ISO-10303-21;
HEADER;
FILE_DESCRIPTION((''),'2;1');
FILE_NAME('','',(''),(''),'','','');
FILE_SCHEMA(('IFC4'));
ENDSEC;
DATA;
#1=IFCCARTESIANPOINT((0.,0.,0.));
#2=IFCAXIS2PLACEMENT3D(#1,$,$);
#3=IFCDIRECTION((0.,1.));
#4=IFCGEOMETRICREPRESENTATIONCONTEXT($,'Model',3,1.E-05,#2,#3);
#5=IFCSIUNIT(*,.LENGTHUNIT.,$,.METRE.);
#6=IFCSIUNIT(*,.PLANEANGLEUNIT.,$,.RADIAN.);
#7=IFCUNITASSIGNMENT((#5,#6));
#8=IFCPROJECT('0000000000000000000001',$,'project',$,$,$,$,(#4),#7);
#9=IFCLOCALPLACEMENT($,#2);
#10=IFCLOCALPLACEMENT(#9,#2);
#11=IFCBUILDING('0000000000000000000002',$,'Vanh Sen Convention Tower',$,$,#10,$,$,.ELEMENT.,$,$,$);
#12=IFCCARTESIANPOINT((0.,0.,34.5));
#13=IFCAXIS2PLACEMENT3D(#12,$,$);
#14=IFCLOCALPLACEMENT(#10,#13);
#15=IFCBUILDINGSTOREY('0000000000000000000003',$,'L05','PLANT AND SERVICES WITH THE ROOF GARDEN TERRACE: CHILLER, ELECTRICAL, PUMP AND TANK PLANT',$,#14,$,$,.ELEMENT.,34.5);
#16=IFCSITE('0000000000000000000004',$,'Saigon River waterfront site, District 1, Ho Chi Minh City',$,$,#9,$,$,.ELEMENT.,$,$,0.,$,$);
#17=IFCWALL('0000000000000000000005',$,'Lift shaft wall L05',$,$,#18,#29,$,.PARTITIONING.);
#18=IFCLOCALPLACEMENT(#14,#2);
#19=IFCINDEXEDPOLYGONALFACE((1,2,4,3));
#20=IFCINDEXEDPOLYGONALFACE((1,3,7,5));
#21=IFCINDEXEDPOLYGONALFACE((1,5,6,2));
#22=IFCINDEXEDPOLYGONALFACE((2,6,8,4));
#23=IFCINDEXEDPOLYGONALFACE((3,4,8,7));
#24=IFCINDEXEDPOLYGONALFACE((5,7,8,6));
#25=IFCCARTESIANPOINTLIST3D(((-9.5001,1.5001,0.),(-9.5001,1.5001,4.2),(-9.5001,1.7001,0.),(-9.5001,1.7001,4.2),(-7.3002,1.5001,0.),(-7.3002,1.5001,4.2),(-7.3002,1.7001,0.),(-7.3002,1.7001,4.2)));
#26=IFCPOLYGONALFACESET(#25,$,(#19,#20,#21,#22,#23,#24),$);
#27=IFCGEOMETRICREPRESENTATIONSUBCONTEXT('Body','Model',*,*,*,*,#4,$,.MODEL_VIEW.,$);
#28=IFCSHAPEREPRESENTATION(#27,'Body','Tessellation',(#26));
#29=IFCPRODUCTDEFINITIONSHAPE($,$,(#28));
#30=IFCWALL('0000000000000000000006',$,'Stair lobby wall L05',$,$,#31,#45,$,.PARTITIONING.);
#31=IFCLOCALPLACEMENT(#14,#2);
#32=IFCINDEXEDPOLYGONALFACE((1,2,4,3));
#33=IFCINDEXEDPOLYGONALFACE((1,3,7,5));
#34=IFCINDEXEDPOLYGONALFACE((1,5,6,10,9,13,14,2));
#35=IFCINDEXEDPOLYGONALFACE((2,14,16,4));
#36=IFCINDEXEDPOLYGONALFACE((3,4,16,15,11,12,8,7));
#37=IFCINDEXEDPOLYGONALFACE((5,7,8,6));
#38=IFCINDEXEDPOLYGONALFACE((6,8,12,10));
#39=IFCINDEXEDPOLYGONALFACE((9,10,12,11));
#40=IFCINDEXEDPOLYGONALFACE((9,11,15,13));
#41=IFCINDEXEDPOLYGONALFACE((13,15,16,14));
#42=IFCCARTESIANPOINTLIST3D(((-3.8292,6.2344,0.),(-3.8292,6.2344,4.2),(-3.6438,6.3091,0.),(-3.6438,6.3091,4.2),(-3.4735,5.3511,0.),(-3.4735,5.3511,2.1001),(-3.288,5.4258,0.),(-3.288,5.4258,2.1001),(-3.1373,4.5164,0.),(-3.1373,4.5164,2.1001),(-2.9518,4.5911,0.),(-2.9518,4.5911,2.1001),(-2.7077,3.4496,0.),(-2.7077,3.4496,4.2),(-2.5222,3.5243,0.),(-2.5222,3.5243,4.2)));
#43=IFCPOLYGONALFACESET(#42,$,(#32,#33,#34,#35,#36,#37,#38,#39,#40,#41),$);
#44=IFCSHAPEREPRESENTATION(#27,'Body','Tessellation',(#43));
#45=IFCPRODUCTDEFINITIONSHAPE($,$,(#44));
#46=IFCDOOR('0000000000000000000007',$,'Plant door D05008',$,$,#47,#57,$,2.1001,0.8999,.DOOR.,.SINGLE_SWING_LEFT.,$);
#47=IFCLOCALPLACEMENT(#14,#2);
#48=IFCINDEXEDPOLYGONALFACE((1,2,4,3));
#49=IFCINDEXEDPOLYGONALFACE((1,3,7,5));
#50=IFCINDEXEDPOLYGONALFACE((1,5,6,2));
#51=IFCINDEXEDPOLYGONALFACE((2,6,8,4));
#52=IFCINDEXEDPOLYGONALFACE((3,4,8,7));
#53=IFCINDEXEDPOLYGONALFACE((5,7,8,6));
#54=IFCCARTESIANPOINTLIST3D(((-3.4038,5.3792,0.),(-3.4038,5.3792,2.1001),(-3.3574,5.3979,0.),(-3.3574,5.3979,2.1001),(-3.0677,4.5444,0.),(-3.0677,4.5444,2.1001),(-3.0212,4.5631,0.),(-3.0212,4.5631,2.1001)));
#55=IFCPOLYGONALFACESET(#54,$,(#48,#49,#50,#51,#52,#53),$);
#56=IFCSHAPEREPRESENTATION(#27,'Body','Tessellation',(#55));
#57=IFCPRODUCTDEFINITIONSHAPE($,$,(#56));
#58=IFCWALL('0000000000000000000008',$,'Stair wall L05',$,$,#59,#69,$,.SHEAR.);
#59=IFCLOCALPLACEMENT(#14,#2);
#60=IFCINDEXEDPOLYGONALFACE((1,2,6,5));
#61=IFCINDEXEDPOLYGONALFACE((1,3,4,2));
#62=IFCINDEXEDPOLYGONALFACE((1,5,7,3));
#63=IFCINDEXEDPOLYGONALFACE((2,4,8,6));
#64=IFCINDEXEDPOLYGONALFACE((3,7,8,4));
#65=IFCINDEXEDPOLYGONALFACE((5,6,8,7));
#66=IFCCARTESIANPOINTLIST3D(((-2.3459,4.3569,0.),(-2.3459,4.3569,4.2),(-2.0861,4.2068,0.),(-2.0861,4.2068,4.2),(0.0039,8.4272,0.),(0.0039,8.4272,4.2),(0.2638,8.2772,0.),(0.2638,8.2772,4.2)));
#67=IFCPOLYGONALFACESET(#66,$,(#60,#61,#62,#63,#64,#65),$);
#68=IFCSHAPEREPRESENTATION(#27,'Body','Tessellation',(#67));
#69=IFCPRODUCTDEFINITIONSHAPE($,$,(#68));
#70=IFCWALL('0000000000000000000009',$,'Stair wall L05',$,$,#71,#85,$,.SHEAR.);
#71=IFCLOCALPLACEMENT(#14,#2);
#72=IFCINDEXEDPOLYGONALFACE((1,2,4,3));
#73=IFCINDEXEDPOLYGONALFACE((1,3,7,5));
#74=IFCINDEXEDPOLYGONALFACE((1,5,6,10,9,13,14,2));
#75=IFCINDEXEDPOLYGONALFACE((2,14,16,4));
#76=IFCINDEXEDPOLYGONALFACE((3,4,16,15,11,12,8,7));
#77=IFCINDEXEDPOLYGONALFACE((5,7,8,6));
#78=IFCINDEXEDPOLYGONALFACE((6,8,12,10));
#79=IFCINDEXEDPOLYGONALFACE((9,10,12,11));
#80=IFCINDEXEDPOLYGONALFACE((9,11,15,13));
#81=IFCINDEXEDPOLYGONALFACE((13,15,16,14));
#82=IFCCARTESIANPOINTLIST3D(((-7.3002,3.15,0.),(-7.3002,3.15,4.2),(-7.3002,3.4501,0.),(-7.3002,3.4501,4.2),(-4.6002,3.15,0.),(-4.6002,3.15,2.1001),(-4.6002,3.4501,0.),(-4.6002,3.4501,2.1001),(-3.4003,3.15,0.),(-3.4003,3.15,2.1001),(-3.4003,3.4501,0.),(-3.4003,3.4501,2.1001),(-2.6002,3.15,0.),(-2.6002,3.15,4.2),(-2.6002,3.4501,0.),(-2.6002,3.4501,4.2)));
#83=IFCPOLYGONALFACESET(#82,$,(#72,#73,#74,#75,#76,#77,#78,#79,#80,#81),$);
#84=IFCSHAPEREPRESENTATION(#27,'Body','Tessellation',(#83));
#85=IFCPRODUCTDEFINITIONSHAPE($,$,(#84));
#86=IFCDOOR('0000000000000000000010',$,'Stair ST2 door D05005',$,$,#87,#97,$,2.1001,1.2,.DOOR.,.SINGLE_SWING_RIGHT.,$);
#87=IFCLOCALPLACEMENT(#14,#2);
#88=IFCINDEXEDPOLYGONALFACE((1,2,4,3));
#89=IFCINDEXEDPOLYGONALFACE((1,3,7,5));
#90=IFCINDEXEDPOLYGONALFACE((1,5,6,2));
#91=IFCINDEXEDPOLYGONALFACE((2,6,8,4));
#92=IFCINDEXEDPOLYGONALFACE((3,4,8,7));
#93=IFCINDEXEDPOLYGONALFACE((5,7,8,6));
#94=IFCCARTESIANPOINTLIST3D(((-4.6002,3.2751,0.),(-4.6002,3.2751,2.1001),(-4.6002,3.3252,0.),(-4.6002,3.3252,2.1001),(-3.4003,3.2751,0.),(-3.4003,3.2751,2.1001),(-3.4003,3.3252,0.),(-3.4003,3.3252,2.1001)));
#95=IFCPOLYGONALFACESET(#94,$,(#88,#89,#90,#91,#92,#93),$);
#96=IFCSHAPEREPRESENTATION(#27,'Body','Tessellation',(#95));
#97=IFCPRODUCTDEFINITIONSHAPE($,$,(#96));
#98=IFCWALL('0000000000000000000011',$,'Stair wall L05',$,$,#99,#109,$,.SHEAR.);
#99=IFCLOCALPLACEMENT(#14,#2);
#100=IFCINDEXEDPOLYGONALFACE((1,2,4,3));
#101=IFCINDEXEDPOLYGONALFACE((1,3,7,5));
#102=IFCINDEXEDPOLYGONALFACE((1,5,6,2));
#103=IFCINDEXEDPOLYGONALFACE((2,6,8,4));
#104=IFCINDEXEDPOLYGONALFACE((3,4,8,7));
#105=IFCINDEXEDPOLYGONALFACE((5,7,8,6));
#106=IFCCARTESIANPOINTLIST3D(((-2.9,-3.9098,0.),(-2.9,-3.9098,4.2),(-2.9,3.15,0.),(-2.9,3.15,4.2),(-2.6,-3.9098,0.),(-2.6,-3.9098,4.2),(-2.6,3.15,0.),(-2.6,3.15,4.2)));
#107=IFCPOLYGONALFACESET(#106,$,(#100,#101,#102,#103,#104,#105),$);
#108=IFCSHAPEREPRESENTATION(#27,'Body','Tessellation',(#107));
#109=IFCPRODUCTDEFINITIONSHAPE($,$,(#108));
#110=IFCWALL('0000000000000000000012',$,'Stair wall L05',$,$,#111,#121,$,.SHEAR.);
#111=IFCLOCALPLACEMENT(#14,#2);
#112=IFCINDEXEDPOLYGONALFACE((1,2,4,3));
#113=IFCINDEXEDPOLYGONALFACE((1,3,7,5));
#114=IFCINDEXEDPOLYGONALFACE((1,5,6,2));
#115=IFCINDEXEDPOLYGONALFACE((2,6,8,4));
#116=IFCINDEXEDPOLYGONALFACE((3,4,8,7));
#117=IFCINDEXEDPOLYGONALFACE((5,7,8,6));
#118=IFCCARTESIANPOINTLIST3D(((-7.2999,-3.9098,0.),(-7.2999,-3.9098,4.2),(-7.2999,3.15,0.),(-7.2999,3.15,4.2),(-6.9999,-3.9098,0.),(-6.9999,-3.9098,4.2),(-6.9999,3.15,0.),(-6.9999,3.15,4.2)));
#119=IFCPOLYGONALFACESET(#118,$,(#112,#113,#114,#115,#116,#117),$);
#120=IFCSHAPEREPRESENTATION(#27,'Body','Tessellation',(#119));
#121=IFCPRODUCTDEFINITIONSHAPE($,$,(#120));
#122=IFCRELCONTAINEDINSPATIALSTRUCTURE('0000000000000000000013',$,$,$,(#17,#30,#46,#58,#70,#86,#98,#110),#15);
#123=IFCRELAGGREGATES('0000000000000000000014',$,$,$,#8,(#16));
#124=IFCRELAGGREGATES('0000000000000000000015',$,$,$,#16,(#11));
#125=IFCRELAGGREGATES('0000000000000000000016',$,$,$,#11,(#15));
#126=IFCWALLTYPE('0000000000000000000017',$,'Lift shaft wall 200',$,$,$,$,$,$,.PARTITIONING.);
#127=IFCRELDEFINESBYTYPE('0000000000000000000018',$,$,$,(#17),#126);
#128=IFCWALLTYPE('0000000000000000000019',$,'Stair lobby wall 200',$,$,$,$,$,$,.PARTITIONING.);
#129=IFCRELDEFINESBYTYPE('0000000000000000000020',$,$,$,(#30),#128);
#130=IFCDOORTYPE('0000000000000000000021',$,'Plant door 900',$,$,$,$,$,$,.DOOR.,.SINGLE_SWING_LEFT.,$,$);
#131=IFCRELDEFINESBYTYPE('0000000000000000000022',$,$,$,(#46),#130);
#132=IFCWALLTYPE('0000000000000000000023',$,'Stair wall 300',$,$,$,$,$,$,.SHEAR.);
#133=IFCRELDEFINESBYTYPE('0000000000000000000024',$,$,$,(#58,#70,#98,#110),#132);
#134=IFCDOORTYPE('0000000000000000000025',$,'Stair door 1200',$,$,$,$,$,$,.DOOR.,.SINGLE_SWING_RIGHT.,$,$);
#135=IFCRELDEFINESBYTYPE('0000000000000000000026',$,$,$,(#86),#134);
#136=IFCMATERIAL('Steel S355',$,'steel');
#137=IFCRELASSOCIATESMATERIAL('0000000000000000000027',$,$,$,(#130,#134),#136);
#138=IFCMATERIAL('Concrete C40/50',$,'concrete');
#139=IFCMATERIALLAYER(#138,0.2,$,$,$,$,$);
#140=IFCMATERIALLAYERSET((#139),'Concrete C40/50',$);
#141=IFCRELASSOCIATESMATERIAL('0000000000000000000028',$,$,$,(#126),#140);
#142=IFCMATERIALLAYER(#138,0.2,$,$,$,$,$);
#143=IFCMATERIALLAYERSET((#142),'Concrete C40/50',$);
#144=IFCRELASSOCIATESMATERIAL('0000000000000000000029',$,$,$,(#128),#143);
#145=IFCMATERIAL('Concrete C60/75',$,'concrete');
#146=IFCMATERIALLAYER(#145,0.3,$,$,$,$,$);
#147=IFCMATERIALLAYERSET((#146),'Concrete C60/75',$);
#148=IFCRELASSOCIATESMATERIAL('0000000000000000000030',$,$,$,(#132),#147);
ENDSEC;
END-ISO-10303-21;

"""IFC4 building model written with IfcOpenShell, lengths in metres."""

from ifc_helpers import new_model, si_unit, direction, frame, frame_2d, origin, place, context, subcontext, project, spatial, rectangle, extrude, material, layer, layer_set, type_object, element, fill, save


model = new_model("IFC4")

# Units and contexts
model_context = context("Model", 3, precision=1e-05, world=origin(), true_north=direction((0.0, 1.0)))
body_context = subcontext(model_context, "Body", "Model", "MODEL_VIEW")
ifc_project = project(units=[si_unit("LENGTHUNIT", "METRE"), si_unit("PLANEANGLEUNIT", "RADIAN")], contexts=[model_context])

# Site, building, storey
site_placement = place(None, origin())
site = spatial("IfcSite", under=ifc_project, at=site_placement, Name="Saigon River waterfront site, District 1, Ho Chi Minh City", CompositionType="ELEMENT", RefElevation=0.0)
building_placement = place(site_placement, origin())
building = spatial("IfcBuilding", under=site, at=building_placement, Name="Vanh Sen Convention Tower", CompositionType="ELEMENT")
storey_placement = place(building_placement, frame((0.0, 0.0, 34.5)))
storey = spatial("IfcBuildingStorey", under=building, at=storey_placement, Name="L05", Description="PLANT AND SERVICES WITH THE ROOF GARDEN TERRACE: CHILLER, ELECTRICAL, PUMP AND TANK PLANT", CompositionType="ELEMENT", Elevation=34.5)

# Shared definitions
ifc_material_1 = material(Name="Concrete C40/50", Category="concrete")
ifc_material_2 = material(Name="Steel S355", Category="steel")
door_type_1 = type_object("IfcDoorType", Name="Plant door 900", OperationType="SINGLE_SWING_LEFT", PredefinedType="DOOR", material=ifc_material_2)
ifc_material_3 = material(Name="Concrete C60/75", Category="concrete")

# Wall
ifc_layer_1 = layer(ifc_material_1, 0.2)
ifc_layer_set_1 = layer_set([ifc_layer_1], Name="Concrete C40/50")
wall_type_1 = type_object("IfcWallType", Name="Lift shaft wall 200", PredefinedType="PARTITIONING", material=ifc_layer_set_1)
for number, where, z_axis, x_axis, name in (
    (1, (-7.3, 1.6001, 0.0), (0.0, 0.0, 1.0), (-1.0, 0.0, 0.0), "Lift shaft wall L05"),
):
    element("IfcWall", number, at=place(storey_placement, frame(where, z_axis=z_axis, x_axis=x_axis)), inside=storey, type_object=wall_type_1, Name=name, PredefinedType="PARTITIONING", context=body_context, shape_type="SweptSolid", body=[
        extrude(rectangle(XDim=2.2, YDim=0.2, at=frame_2d((1.1001, 0.0))), origin(), (0.0, 0.0, 1.0), 4.2),
    ])

# Wall, opening, door
ifc_layer_2 = layer(ifc_material_1, 0.2)
ifc_layer_set_2 = layer_set([ifc_layer_2], Name="Concrete C40/50")
wall_type_2 = type_object("IfcWallType", Name="Stair lobby wall 200", PredefinedType="PARTITIONING", material=ifc_layer_set_2)
wall_1_placement = place(storey_placement, frame((-2.615, 3.4871, 0.0), z_axis=(0.0, 0.0, 1.0), x_axis=(-0.373577, 0.927599, 0.0)))
wall_1 = element("IfcWall", 2, at=wall_1_placement, inside=storey, type_object=wall_type_2, Name="Stair lobby wall L05", PredefinedType="PARTITIONING", context=body_context, shape_type="SweptSolid", body=[
    extrude(rectangle(XDim=3.0022, YDim=0.2, at=frame_2d((1.501, 0.0))), origin(), (0.0, 0.0, 1.0), 4.2),
])
opening_1_placement = place(wall_1_placement, frame((1.1499, 0.0, 0.0)))
opening_1 = element("IfcOpeningElement", 3, at=opening_1_placement, cuts=wall_1, PredefinedType="OPENING", context=body_context, shape_type="SweptSolid", body=[
    extrude(rectangle(XDim=0.8999, YDim=2.1001, at=frame_2d((0.45, 1.05))), frame((0.0, 0.1099, 0.0), z_axis=(0.0, -1.0, 0.0), x_axis=(1.0, 0.0, 0.0)), (0.0, 0.0, 1.0), 0.22),
])
door_1_placement = place(opening_1_placement, origin())
door_1 = element("IfcDoor", 4, at=door_1_placement, inside=storey, type_object=door_type_1, Name="Plant door D05008", OperationType="SINGLE_SWING_LEFT", OverallHeight=2.1001, OverallWidth=0.8999, PredefinedType="DOOR", context=body_context, shape_type="SweptSolid", body=[
    extrude(rectangle(XDim=0.8999, YDim=2.1001, at=frame_2d((0.45, 1.05))), frame((0.0, 0.0249, 0.0), z_axis=(0.0, -1.0, 0.0), x_axis=(1.0, 0.0, 0.0)), (0.0, 0.0, 1.0), 0.05),
])
fill(opening_1, door_1)

# Wall
ifc_layer_3 = layer(ifc_material_3, 0.3)
ifc_layer_set_3 = layer_set([ifc_layer_3], Name="Concrete C60/75")
wall_type_3 = type_object("IfcWallType", Name="Stair wall 300", PredefinedType="SHEAR", material=ifc_layer_set_3)
wall_2_placement = place(storey_placement, frame((-2.2161, 4.2817, 0.0), z_axis=(0.0, 0.0, 1.0), x_axis=(0.499977, 0.866039, 0.0)))
element("IfcWall", 5, at=wall_2_placement, inside=storey, type_object=wall_type_3, Name="Stair wall L05", PredefinedType="SHEAR", context=body_context, shape_type="SweptSolid", body=[
    extrude(rectangle(XDim=4.7, YDim=0.3, at=frame_2d((2.3501, 0.0))), origin(), (0.0, 0.0, 1.0), 4.2),
])

# Wall, opening, door
wall_3_placement = place(storey_placement, frame((-2.6001, 3.3, 0.0), z_axis=(0.0, 0.0, 1.0), x_axis=(-1.0, 0.0, 0.0)))
wall_3 = element("IfcWall", 6, at=wall_3_placement, inside=storey, type_object=wall_type_3, Name="Stair wall L05", PredefinedType="SHEAR", context=body_context, shape_type="SweptSolid", body=[
    extrude(rectangle(XDim=4.7, YDim=0.3, at=frame_2d((2.3501, 0.0))), origin(), (0.0, 0.0, 1.0), 4.2),
])
opening_2_placement = place(wall_3_placement, frame((0.8, 0.0, 0.0)))
opening_2 = element("IfcOpeningElement", 7, at=opening_2_placement, cuts=wall_3, PredefinedType="OPENING", context=body_context, shape_type="SweptSolid", body=[
    extrude(rectangle(XDim=1.2, YDim=2.1001, at=frame_2d((0.6001, 1.05))), frame((0.0, 0.1599, 0.0), z_axis=(0.0, -1.0, 0.0), x_axis=(1.0, 0.0, 0.0)), (0.0, 0.0, 1.0), 0.3201),
])
door_type_2 = type_object("IfcDoorType", Name="Stair door 1200", OperationType="SINGLE_SWING_RIGHT", PredefinedType="DOOR", material=ifc_material_2)
door_2_placement = place(opening_2_placement, origin())
door_2 = element("IfcDoor", 8, at=door_2_placement, inside=storey, type_object=door_type_2, Name="Stair ST2 door D05005", OperationType="SINGLE_SWING_RIGHT", OverallHeight=2.1001, OverallWidth=1.2, PredefinedType="DOOR", context=body_context, shape_type="SweptSolid", body=[
    extrude(rectangle(XDim=1.2, YDim=2.1001, at=frame_2d((0.6001, 1.05))), frame((0.0, 0.0249, 0.0), z_axis=(0.0, -1.0, 0.0), x_axis=(1.0, 0.0, 0.0)), (0.0, 0.0, 1.0), 0.05),
])
fill(opening_2, door_2)

# Walls
for number, where, z_axis, x_axis, name in (
    (9, (-2.75, 3.1499, 0.0), (0.0, 0.0, 1.0), (0.0, -1.0, 0.0), "Stair wall L05"),
    (10, (-7.1499, 3.1499, 0.0), (0.0, 0.0, 1.0), (0.0, -1.0, 0.0), "Stair wall L05"),
):
    element("IfcWall", number, at=place(storey_placement, frame(where, z_axis=z_axis, x_axis=x_axis)), inside=storey, type_object=wall_type_3, Name=name, PredefinedType="SHEAR", context=body_context, shape_type="SweptSolid", body=[
        extrude(rectangle(XDim=7.0598, YDim=0.3, at=frame_2d((3.5298, 0.0))), origin(), (0.0, 0.0, 1.0), 4.2),
    ])

save(model, "model.ifc")
